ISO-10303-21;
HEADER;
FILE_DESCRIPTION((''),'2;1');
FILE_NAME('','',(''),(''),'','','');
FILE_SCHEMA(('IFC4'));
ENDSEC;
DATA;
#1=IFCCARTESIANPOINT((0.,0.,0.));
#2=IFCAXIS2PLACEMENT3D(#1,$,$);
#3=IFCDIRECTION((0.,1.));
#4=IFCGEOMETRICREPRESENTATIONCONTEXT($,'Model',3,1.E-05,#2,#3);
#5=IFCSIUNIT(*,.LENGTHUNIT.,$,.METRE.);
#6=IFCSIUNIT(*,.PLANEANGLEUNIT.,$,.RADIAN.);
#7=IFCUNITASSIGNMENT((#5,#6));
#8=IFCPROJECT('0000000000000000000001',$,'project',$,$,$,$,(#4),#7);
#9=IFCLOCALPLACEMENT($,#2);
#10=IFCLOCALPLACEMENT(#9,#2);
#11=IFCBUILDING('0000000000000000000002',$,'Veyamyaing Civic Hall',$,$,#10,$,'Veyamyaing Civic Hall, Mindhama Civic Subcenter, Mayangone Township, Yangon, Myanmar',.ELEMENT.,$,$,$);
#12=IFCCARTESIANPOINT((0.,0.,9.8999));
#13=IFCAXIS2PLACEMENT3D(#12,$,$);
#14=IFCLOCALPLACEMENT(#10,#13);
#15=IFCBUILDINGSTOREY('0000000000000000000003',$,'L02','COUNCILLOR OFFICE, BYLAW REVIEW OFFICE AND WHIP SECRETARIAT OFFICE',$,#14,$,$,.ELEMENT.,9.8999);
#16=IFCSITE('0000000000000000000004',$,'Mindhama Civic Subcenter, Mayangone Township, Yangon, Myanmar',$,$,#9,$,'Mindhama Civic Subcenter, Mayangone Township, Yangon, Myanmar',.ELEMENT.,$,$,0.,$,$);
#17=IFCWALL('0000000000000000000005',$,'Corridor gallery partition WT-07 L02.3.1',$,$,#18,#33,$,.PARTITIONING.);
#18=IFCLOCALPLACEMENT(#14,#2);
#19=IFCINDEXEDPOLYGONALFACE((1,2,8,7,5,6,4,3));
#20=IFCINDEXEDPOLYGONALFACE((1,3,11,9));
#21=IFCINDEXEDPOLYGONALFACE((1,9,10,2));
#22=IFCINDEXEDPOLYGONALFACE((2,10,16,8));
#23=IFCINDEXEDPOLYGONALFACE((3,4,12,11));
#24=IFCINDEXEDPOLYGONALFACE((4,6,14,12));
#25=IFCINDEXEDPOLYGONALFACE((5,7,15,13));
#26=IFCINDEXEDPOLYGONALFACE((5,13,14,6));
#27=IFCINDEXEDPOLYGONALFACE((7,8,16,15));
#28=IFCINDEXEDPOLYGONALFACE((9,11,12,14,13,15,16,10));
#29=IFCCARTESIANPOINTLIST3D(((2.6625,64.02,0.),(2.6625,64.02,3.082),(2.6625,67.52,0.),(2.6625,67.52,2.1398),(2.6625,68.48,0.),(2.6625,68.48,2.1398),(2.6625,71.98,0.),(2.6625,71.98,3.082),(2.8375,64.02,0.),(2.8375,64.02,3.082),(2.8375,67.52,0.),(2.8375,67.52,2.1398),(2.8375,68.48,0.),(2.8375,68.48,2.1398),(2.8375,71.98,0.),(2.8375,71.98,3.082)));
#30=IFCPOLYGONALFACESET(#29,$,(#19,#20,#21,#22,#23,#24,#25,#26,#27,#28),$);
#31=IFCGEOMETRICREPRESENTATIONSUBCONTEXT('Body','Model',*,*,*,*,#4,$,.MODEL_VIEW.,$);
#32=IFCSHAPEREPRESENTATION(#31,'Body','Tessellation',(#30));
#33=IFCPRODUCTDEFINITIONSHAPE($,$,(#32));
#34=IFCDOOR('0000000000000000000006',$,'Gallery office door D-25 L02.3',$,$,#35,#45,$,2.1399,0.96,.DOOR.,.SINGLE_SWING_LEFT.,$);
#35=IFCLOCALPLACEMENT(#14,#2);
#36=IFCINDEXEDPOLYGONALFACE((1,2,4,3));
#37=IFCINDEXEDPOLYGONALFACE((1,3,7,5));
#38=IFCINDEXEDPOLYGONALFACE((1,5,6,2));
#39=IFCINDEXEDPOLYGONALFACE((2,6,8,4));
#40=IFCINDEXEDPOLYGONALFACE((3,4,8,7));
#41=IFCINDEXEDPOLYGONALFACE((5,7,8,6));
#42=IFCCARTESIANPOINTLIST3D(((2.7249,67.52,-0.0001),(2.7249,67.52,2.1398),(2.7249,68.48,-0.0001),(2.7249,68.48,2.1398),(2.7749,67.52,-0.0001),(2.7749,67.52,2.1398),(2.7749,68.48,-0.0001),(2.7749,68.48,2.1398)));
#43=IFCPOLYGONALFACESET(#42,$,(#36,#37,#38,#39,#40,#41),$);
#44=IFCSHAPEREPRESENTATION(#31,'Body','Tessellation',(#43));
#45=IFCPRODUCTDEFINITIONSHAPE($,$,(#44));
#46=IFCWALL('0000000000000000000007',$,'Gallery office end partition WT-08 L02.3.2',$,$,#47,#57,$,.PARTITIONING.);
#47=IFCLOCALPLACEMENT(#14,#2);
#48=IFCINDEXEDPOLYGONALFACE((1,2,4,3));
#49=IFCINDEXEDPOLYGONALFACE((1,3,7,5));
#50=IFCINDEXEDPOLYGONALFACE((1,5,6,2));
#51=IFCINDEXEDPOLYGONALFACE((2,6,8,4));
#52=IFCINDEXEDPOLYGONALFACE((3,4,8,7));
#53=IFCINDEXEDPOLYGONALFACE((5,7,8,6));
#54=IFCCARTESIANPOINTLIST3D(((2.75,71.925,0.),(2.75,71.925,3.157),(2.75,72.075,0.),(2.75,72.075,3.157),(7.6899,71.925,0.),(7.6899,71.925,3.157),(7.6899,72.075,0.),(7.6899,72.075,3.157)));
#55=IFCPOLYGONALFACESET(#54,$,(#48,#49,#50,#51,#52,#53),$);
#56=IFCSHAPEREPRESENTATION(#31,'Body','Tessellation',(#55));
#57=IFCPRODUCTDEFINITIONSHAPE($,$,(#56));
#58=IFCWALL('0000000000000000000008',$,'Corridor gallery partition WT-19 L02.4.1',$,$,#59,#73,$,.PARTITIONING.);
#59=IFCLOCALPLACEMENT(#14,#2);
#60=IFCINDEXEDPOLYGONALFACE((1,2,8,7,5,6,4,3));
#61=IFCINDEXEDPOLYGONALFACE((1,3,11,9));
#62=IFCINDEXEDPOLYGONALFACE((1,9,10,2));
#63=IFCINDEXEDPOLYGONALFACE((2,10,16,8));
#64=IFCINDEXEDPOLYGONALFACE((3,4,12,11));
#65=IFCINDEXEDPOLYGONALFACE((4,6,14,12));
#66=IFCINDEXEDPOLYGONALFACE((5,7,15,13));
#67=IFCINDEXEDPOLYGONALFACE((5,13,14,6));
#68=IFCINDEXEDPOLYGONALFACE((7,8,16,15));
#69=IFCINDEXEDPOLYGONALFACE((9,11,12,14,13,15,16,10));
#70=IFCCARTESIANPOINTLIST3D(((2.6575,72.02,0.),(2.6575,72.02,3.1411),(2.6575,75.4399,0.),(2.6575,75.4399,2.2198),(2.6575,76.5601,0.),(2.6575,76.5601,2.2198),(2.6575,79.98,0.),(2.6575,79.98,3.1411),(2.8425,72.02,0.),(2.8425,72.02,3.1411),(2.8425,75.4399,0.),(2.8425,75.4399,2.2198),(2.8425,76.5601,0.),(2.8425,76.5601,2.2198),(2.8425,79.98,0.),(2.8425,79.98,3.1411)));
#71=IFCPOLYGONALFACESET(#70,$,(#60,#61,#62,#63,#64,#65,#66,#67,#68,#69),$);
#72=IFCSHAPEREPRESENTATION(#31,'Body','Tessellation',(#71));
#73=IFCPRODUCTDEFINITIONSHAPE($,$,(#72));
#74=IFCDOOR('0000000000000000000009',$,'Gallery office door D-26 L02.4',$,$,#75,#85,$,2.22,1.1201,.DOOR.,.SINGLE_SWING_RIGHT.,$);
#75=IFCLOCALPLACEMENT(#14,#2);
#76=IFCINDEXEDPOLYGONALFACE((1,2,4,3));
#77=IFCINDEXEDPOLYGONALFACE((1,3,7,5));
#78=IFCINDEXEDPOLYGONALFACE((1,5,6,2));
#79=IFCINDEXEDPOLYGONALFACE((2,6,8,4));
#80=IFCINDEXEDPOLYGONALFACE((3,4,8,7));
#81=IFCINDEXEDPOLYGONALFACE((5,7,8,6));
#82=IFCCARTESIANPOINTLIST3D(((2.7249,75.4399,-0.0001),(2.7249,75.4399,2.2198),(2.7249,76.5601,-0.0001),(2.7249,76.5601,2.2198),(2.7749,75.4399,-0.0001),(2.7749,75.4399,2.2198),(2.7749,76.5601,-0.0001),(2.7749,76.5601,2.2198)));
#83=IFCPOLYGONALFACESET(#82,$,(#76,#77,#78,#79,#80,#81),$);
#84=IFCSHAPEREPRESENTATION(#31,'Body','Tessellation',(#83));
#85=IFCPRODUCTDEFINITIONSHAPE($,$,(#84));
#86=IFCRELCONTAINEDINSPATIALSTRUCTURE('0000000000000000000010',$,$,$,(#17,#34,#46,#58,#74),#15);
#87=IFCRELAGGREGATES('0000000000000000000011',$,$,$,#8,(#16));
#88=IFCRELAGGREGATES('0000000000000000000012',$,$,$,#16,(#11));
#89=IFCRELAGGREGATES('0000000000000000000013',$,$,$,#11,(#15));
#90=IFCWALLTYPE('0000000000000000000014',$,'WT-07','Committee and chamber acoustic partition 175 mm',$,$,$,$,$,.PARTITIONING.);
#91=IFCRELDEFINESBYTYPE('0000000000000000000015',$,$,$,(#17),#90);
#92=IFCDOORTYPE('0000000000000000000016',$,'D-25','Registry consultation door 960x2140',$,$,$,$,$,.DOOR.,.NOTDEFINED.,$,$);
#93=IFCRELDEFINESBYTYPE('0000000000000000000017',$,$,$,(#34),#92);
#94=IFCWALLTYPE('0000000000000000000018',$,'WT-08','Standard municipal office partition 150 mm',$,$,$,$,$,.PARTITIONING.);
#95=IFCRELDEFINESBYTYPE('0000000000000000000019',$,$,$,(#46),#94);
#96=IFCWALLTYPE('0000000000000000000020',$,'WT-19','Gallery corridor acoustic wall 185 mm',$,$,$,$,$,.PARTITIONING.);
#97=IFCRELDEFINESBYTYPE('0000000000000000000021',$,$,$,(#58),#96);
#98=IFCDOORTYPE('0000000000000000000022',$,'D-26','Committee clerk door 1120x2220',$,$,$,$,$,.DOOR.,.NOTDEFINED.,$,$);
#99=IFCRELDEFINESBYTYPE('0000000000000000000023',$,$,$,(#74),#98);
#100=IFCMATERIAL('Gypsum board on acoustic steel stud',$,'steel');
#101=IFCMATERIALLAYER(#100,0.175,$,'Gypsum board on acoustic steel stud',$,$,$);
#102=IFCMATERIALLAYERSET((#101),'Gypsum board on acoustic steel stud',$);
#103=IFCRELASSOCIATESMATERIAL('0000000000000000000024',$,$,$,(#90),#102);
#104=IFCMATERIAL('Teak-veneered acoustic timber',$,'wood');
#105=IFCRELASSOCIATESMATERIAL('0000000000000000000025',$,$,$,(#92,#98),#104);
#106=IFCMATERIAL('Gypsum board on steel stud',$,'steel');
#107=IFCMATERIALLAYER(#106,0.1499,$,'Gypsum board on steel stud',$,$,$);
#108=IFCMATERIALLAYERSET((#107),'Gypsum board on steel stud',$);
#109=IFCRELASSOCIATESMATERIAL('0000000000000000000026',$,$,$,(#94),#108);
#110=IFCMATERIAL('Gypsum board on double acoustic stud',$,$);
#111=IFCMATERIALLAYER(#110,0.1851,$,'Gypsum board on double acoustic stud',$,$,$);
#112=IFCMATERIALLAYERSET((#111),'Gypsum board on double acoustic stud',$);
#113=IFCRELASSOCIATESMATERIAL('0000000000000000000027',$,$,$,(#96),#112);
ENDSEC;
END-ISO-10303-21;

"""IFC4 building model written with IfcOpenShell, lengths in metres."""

from ifc_helpers import new_model, si_unit, direction, frame, frame_2d, origin, place, context, subcontext, project, spatial, rectangle, extrude, material, layer, layer_set, type_object, element, fill, save


model = new_model("IFC4")

# Units and contexts
model_context = context("Model", 3, precision=1e-05, world=origin(), true_north=direction((0.0, 1.0)))
body_context = subcontext(model_context, "Body", "Model", "MODEL_VIEW")
ifc_project = project(units=[si_unit("LENGTHUNIT", "METRE"), si_unit("PLANEANGLEUNIT", "RADIAN")], contexts=[model_context])

# Site, building, storey
site_placement = place(None, origin())
site = spatial("IfcSite", under=ifc_project, at=site_placement, Name="Mindhama Civic Subcenter, Mayangone Township, Yangon, Myanmar", LongName="Mindhama Civic Subcenter, Mayangone Township, Yangon, Myanmar", CompositionType="ELEMENT", RefElevation=0.0)
building_placement = place(site_placement, origin())
building = spatial("IfcBuilding", under=site, at=building_placement, Name="Veyamyaing Civic Hall", LongName="Veyamyaing Civic Hall, Mindhama Civic Subcenter, Mayangone Township, Yangon, Myanmar", CompositionType="ELEMENT")
storey_placement = place(building_placement, frame((0.0, 0.0, 9.8999)))
storey = spatial("IfcBuildingStorey", under=building, at=storey_placement, Name="L02", Description="COUNCILLOR OFFICE, BYLAW REVIEW OFFICE AND WHIP SECRETARIAT OFFICE", CompositionType="ELEMENT", Elevation=9.8999)

# Wall, opening, door
ifc_material_1 = material(Name="Gypsum board on acoustic steel stud", Category="steel")
ifc_layer_1 = layer(ifc_material_1, 0.175, Name="Gypsum board on acoustic steel stud")
ifc_layer_set_1 = layer_set([ifc_layer_1], Name="Gypsum board on acoustic steel stud")
wall_type_1 = type_object("IfcWallType", Name="WT-07", Description="Committee and chamber acoustic partition 175 mm", PredefinedType="PARTITIONING", material=ifc_layer_set_1)
wall_1_placement = place(storey_placement, frame((2.75, 64.02, 0.0), z_axis=(0.0, 0.0, 1.0), x_axis=(0.0, 1.0, 0.0)))
wall_1 = element("IfcWall", 1, at=wall_1_placement, inside=storey, type_object=wall_type_1, Name="Corridor gallery partition WT-07 L02.3.1", PredefinedType="PARTITIONING", context=body_context, shape_type="SweptSolid", body=[
    extrude(rectangle(XDim=7.96, YDim=0.175, at=frame_2d((3.98, 0.0))), origin(), (0.0, 0.0, 1.0), 3.082),
])
opening_1_placement = place(wall_1_placement, frame((3.5, 0.0, 0.0)))
opening_1 = element("IfcOpeningElement", 2, at=opening_1_placement, cuts=wall_1, PredefinedType="OPENING", context=body_context, shape_type="SweptSolid", body=[
    extrude(rectangle(XDim=0.96, YDim=2.1399, at=frame_2d((0.48, 1.0698))), frame((0.0, 0.0974, 0.0), z_axis=(0.0, -1.0, 0.0), x_axis=(1.0, 0.0, 0.0)), (0.0, 0.0, 1.0), 0.1951),
])
ifc_material_2 = material(Name="Teak-veneered acoustic timber", Category="wood")
door_type_1 = type_object("IfcDoorType", Name="D-25", Description="Registry consultation door 960x2140", OperationType="NOTDEFINED", PredefinedType="DOOR", material=ifc_material_2)
door_1_placement = place(opening_1_placement, frame((0.96, 0.0, 0.0), z_axis=(0.0, 0.0, 1.0), x_axis=(-1.0, 0.0, 0.0)))
door_1 = element("IfcDoor", 3, at=door_1_placement, inside=storey, type_object=door_type_1, Name="Gallery office door D-25 L02.3", OperationType="SINGLE_SWING_LEFT", OverallHeight=2.1399, OverallWidth=0.96, PredefinedType="DOOR", context=body_context, shape_type="SweptSolid", body=[
    extrude(rectangle(XDim=0.96, YDim=2.1399, at=frame_2d((0.48, 1.0698))), frame((0.0, 0.0249, 0.0), z_axis=(0.0, -1.0, 0.0), x_axis=(1.0, 0.0, 0.0)), (0.0, 0.0, 1.0), 0.05),
])
fill(opening_1, door_1)

# Wall
ifc_material_3 = material(Name="Gypsum board on steel stud", Category="steel")
ifc_layer_2 = layer(ifc_material_3, 0.1499, Name="Gypsum board on steel stud")
ifc_layer_set_2 = layer_set([ifc_layer_2], Name="Gypsum board on steel stud")
wall_type_2 = type_object("IfcWallType", Name="WT-08", Description="Standard municipal office partition 150 mm", PredefinedType="PARTITIONING", material=ifc_layer_set_2)
wall_2_placement = place(storey_placement, frame((2.75, 72.0, 0.0), z_axis=(0.0, 0.0, 1.0), x_axis=(1.0, 0.0, 0.0)))
element("IfcWall", 4, at=wall_2_placement, inside=storey, type_object=wall_type_2, Name="Gallery office end partition WT-08 L02.3.2", PredefinedType="PARTITIONING", context=body_context, shape_type="SweptSolid", body=[
    extrude(rectangle(XDim=4.9399, YDim=0.1499, at=frame_2d((2.47, 0.0))), origin(), (0.0, 0.0, 1.0), 3.157),
])

# Wall, opening, door
ifc_material_4 = material(Name="Gypsum board on double acoustic stud")
ifc_layer_3 = layer(ifc_material_4, 0.1851, Name="Gypsum board on double acoustic stud")
ifc_layer_set_3 = layer_set([ifc_layer_3], Name="Gypsum board on double acoustic stud")
wall_type_3 = type_object("IfcWallType", Name="WT-19", Description="Gallery corridor acoustic wall 185 mm", PredefinedType="PARTITIONING", material=ifc_layer_set_3)
wall_3_placement = place(storey_placement, frame((2.75, 72.02, 0.0), z_axis=(0.0, 0.0, 1.0), x_axis=(0.0, 1.0, 0.0)))
wall_3 = element("IfcWall", 5, at=wall_3_placement, inside=storey, type_object=wall_type_3, Name="Corridor gallery partition WT-19 L02.4.1", PredefinedType="PARTITIONING", context=body_context, shape_type="SweptSolid", body=[
    extrude(rectangle(XDim=7.96, YDim=0.1851, at=frame_2d((3.98, 0.0))), origin(), (0.0, 0.0, 1.0), 3.1411),
])
opening_2_placement = place(wall_3_placement, frame((3.4199, 0.0, 0.0)))
opening_2 = element("IfcOpeningElement", 6, at=opening_2_placement, cuts=wall_3, PredefinedType="OPENING", context=body_context, shape_type="SweptSolid", body=[
    extrude(rectangle(XDim=1.1201, YDim=2.22, at=frame_2d((0.5601, 1.1099))), frame((0.0, 0.1025, 0.0), z_axis=(0.0, -1.0, 0.0), x_axis=(1.0, 0.0, 0.0)), (0.0, 0.0, 1.0), 0.2051),
])
door_type_2 = type_object("IfcDoorType", Name="D-26", Description="Committee clerk door 1120x2220", OperationType="NOTDEFINED", PredefinedType="DOOR", material=ifc_material_2)
door_2_placement = place(opening_2_placement, frame((1.1201, 0.0, 0.0), z_axis=(0.0, 0.0, 1.0), x_axis=(-1.0, 0.0, 0.0)))
door_2 = element("IfcDoor", 7, at=door_2_placement, inside=storey, type_object=door_type_2, Name="Gallery office door D-26 L02.4", OperationType="SINGLE_SWING_RIGHT", OverallHeight=2.22, OverallWidth=1.1201, PredefinedType="DOOR", context=body_context, shape_type="SweptSolid", body=[
    extrude(rectangle(XDim=1.1201, YDim=2.22, at=frame_2d((0.5601, 1.1099))), frame((0.0, 0.0249, 0.0), z_axis=(0.0, -1.0, 0.0), x_axis=(1.0, 0.0, 0.0)), (0.0, 0.0, 1.0), 0.05),
])
fill(opening_2, door_2)

save(model, "model.ifc")
